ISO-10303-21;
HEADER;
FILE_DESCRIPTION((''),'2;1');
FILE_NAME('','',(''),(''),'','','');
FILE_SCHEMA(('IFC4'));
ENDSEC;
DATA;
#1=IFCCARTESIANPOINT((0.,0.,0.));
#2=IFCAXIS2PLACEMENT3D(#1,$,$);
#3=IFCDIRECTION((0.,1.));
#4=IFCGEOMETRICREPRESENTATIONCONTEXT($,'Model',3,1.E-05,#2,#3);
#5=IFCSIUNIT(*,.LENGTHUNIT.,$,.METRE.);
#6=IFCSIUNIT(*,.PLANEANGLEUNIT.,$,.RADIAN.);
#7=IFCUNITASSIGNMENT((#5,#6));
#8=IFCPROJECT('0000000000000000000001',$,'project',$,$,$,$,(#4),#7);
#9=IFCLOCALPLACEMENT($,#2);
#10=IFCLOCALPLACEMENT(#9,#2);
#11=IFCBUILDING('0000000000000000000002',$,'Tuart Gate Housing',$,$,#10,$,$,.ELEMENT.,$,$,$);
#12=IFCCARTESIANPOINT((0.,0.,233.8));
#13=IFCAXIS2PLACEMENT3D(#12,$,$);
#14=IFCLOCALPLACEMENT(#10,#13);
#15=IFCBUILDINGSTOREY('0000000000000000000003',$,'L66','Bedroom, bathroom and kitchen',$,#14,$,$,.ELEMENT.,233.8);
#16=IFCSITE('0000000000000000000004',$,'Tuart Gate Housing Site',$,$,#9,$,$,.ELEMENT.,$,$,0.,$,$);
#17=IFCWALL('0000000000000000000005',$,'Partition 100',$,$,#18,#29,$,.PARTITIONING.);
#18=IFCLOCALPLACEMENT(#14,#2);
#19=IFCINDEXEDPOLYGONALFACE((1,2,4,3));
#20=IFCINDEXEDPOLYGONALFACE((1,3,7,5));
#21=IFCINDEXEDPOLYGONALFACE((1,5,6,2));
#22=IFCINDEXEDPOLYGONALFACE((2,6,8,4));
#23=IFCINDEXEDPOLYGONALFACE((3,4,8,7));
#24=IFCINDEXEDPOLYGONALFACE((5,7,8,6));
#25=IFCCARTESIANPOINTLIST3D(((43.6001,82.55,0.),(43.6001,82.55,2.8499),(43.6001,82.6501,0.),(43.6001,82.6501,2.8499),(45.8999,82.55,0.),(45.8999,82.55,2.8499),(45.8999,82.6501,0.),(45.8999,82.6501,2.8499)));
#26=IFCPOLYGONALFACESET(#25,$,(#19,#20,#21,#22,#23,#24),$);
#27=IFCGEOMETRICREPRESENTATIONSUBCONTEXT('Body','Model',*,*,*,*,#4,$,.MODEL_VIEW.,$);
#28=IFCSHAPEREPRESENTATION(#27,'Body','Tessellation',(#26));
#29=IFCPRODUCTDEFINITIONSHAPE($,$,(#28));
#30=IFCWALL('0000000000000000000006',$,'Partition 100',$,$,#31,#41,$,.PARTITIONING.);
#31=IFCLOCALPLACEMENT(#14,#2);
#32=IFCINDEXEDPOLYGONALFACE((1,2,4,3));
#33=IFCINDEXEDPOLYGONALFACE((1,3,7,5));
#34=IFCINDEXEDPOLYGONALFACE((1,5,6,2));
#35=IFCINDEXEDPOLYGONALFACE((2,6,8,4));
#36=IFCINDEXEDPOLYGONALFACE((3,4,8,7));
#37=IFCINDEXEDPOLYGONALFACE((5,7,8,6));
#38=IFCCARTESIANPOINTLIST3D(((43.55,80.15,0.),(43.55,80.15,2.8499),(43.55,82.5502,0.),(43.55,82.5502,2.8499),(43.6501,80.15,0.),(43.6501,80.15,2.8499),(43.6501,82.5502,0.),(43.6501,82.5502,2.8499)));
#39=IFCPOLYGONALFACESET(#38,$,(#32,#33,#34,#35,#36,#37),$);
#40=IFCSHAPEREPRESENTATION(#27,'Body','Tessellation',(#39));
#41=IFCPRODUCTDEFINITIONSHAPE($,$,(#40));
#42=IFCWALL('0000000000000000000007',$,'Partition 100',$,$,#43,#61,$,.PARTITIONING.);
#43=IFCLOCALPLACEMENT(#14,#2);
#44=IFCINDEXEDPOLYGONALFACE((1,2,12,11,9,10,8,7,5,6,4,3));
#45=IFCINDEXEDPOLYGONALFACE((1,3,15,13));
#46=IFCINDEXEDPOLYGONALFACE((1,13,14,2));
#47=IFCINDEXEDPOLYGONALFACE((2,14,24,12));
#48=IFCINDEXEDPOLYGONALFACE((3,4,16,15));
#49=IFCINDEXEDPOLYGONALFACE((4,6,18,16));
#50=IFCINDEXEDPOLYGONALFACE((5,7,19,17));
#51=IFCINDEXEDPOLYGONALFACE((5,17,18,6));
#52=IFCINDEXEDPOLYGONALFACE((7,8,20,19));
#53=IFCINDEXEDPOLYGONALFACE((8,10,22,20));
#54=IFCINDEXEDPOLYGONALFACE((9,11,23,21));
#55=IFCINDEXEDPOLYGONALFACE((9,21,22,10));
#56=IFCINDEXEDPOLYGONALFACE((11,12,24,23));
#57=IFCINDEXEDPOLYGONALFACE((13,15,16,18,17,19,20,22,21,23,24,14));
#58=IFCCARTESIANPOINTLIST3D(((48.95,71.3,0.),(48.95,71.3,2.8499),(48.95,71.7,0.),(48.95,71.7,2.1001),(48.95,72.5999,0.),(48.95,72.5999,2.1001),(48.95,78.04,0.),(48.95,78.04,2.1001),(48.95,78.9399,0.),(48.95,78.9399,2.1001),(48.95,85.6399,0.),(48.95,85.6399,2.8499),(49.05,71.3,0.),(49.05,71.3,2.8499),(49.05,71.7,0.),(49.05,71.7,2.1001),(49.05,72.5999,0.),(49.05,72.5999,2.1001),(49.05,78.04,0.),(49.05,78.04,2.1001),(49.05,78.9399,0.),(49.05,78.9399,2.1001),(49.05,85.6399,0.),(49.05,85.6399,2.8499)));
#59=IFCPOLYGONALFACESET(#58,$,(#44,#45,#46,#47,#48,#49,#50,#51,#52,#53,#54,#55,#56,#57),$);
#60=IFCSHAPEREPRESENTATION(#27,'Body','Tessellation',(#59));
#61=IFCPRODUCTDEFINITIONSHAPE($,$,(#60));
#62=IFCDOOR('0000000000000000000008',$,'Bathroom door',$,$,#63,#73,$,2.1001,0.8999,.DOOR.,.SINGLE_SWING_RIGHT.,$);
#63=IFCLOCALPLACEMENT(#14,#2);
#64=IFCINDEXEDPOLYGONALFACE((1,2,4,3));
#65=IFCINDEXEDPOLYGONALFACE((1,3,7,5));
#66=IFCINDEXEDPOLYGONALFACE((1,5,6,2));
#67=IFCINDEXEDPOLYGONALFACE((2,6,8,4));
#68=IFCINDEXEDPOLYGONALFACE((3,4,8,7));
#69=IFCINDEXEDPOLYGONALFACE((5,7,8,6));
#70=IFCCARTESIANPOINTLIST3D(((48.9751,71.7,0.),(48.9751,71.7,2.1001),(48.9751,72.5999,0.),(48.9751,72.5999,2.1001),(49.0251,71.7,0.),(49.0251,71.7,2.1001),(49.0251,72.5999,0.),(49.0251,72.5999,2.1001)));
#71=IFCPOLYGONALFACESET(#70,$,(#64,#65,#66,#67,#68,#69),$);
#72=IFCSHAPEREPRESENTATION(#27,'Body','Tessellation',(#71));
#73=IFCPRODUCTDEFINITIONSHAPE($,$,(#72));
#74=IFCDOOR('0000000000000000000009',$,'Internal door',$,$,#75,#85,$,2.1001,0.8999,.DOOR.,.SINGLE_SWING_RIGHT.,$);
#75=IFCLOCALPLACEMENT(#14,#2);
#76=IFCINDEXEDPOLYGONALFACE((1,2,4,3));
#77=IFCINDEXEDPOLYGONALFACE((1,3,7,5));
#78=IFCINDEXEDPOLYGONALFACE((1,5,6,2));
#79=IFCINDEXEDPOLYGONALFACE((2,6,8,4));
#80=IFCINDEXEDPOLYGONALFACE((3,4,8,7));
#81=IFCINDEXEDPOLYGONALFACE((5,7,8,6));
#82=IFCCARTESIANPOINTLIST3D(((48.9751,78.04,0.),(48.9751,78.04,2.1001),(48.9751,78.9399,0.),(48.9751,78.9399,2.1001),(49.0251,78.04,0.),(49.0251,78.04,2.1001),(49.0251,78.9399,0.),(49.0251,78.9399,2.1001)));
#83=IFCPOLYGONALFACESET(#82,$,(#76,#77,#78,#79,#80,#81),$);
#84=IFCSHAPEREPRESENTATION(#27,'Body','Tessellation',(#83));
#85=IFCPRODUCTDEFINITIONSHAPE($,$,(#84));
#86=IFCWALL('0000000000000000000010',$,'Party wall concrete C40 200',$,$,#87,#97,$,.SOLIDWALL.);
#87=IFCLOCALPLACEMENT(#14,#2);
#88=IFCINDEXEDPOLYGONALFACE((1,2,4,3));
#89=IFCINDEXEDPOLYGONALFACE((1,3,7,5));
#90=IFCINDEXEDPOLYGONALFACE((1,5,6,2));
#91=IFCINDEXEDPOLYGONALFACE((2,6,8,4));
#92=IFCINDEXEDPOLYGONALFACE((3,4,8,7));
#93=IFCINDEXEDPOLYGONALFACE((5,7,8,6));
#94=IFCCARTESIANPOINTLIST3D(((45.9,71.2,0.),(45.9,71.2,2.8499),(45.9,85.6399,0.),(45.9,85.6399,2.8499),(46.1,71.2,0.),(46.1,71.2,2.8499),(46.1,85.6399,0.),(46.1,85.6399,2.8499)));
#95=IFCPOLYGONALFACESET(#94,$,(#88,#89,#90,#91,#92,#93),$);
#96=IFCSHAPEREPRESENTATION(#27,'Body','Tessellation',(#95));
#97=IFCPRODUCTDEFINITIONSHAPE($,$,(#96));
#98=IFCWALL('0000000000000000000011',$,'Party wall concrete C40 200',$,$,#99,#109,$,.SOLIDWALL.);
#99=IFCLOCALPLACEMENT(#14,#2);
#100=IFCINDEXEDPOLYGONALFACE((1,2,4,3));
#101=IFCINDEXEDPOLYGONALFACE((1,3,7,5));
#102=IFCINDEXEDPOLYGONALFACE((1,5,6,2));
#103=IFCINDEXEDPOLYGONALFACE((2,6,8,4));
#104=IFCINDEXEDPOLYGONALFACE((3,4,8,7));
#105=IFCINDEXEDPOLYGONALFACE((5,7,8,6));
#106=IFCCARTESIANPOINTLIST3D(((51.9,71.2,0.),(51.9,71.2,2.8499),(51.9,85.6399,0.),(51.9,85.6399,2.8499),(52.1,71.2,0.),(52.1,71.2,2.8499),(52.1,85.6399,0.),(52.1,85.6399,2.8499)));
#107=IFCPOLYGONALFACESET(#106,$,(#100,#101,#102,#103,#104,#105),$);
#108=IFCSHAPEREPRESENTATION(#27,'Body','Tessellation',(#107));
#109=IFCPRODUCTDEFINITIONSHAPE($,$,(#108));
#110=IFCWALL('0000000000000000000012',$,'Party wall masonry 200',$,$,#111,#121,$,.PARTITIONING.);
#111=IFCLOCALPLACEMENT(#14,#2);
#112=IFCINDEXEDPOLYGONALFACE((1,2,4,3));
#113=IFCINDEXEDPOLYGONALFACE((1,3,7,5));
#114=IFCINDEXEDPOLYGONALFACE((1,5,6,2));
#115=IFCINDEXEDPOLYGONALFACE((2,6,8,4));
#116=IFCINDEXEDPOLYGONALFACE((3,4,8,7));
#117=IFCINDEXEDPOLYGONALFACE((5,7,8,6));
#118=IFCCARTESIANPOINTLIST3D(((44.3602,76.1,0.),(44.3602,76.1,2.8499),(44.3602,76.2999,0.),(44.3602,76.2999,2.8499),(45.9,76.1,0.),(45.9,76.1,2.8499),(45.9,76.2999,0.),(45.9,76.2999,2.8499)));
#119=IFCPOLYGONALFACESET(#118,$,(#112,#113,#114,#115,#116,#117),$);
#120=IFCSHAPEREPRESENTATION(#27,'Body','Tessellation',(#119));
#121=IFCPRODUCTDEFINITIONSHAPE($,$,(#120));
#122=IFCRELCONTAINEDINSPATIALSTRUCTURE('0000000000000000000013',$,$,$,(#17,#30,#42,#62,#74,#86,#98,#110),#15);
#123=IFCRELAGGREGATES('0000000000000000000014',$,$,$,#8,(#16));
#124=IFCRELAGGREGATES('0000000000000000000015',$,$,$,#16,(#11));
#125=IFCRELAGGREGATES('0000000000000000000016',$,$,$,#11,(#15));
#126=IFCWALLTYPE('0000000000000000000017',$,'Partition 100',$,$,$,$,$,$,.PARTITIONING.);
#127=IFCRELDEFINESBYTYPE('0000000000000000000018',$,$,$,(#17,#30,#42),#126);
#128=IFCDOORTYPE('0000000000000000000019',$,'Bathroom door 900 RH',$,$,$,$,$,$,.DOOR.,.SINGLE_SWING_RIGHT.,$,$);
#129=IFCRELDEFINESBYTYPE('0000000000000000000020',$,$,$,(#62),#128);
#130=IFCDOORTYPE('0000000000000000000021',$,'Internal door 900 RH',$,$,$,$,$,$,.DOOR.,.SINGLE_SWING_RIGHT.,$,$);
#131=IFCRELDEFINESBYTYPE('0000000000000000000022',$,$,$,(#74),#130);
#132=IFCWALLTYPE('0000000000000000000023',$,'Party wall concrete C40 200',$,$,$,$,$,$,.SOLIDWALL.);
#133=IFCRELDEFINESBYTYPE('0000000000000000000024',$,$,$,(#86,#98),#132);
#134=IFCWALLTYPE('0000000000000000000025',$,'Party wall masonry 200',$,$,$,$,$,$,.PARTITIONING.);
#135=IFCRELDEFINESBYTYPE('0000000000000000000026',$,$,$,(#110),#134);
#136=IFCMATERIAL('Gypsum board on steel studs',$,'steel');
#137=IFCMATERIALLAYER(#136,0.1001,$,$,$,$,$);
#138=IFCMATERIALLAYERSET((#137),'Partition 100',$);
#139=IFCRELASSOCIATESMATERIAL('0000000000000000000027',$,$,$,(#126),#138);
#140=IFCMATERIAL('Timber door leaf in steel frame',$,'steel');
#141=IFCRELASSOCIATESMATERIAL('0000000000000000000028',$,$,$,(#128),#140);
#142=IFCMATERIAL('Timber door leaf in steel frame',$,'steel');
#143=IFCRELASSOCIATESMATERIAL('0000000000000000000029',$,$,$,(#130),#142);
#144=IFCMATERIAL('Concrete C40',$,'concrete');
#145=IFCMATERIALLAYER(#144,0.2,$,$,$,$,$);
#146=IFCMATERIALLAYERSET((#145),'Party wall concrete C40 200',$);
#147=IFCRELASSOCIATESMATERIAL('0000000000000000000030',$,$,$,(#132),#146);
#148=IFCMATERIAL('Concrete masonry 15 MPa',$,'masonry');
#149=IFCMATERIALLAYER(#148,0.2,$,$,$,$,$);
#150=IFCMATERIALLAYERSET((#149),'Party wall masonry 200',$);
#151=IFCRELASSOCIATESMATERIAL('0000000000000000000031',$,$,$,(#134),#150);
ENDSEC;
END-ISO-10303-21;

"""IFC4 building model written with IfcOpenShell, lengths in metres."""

from ifc_helpers import new_model, si_unit, direction, frame, frame_2d, origin, place, context, subcontext, project, spatial, rectangle, extrude, material, layer, layer_set, type_object, element, fill, save


model = new_model("IFC4")

# Units and contexts
model_context = context("Model", 3, precision=1e-05, world=origin(), true_north=direction((0.0, 1.0)))
body_context = subcontext(model_context, "Body", "Model", "MODEL_VIEW")
ifc_project = project(units=[si_unit("LENGTHUNIT", "METRE"), si_unit("PLANEANGLEUNIT", "RADIAN")], contexts=[model_context])

# Site, building, storey
site_placement = place(None, origin())
site = spatial("IfcSite", under=ifc_project, at=site_placement, Name="Tuart Gate Housing Site", CompositionType="ELEMENT", RefElevation=0.0)
building_placement = place(site_placement, origin())
building = spatial("IfcBuilding", under=site, at=building_placement, Name="Tuart Gate Housing", CompositionType="ELEMENT")
storey_placement = place(building_placement, frame((0.0, 0.0, 233.8)))
storey = spatial("IfcBuildingStorey", under=building, at=storey_placement, Name="L66", Description="Bedroom, bathroom and kitchen", CompositionType="ELEMENT", Elevation=233.8)

# Shared definitions
ifc_material_1 = material(Name="Gypsum board on steel studs", Category="steel")
ifc_layer_1 = layer(ifc_material_1, 0.1001)
ifc_layer_set_1 = layer_set([ifc_layer_1], Name="Partition 100")
wall_type_1 = type_object("IfcWallType", Name="Partition 100", PredefinedType="PARTITIONING", material=ifc_layer_set_1)

# Walls
wall_1_placement = place(storey_placement, frame((43.6001, 82.6001, 0.0), z_axis=(0.0, 0.0, 1.0), x_axis=(1.0, 0.0, 0.0)))
element("IfcWall", 1, at=wall_1_placement, inside=storey, type_object=wall_type_1, Name="Partition 100", PredefinedType="PARTITIONING", context=body_context, shape_type="SweptSolid", body=[
    extrude(rectangle(XDim=2.2998, YDim=0.1001, at=frame_2d((1.1499, 0.0))), origin(), (0.0, 0.0, 1.0), 2.8499),
])
wall_2_placement = place(storey_placement, frame((43.6001, 80.1499, 0.0), z_axis=(0.0, 0.0, 1.0), x_axis=(0.0, 1.0, 0.0)))
element("IfcWall", 2, at=wall_2_placement, inside=storey, type_object=wall_type_1, Name="Partition 100", PredefinedType="PARTITIONING", context=body_context, shape_type="SweptSolid", body=[
    extrude(rectangle(XDim=2.4001, YDim=0.1001, at=frame_2d((1.2002, 0.0))), origin(), (0.0, 0.0, 1.0), 2.8499),
])

# Wall, openings, doors
wall_3_placement = place(storey_placement, frame((49.0, 71.3, 0.0), z_axis=(0.0, 0.0, 1.0), x_axis=(0.0, 1.0, 0.0)))
wall_3 = element("IfcWall", 3, at=wall_3_placement, inside=storey, type_object=wall_type_1, Name="Partition 100", PredefinedType="PARTITIONING", context=body_context, shape_type="SweptSolid", body=[
    extrude(rectangle(XDim=14.3398, YDim=0.1001, at=frame_2d((7.1699, 0.0))), origin(), (0.0, 0.0, 1.0), 2.8499),
])
opening_1_placement = place(wall_3_placement, frame((6.74, 0.0, 0.0)))
opening_1 = element("IfcOpeningElement", 4, at=opening_1_placement, cuts=wall_3, PredefinedType="OPENING", context=body_context, shape_type="SweptSolid", body=[
    extrude(rectangle(XDim=0.8999, YDim=2.1001, at=frame_2d((0.45, 1.05))), frame((0.0, 0.0601, 0.0), z_axis=(0.0, -1.0, 0.0), x_axis=(1.0, 0.0, 0.0)), (0.0, 0.0, 1.0), 0.1201),
])
opening_2_placement = place(wall_3_placement, frame((0.3999, 0.0, 0.0)))
opening_2 = element("IfcOpeningElement", 5, at=opening_2_placement, cuts=wall_3, PredefinedType="OPENING", context=body_context, shape_type="SweptSolid", body=[
    extrude(rectangle(XDim=0.8999, YDim=2.1001, at=frame_2d((0.45, 1.05))), frame((0.0, 0.0601, 0.0), z_axis=(0.0, -1.0, 0.0), x_axis=(1.0, 0.0, 0.0)), (0.0, 0.0, 1.0), 0.1201),
])
ifc_material_2 = material(Name="Timber door leaf in steel frame", Category="steel")
door_type_1 = type_object("IfcDoorType", Name="Bathroom door 900 RH", OperationType="SINGLE_SWING_RIGHT", PredefinedType="DOOR", material=ifc_material_2)
door_1_placement = place(opening_2_placement, frame((0.8999, 0.0, 0.0), z_axis=(0.0, 0.0, 1.0), x_axis=(-1.0, 0.0, 0.0)))
door_1 = element("IfcDoor", 6, at=door_1_placement, inside=storey, type_object=door_type_1, Name="Bathroom door", OperationType="SINGLE_SWING_RIGHT", OverallHeight=2.1001, OverallWidth=0.8999, PredefinedType="DOOR", context=body_context, shape_type="SweptSolid", body=[
    extrude(rectangle(XDim=0.8999, YDim=2.1001, at=frame_2d((0.45, 1.05))), frame((0.0, 0.0251, 0.0), z_axis=(0.0, -1.0, 0.0), x_axis=(1.0, 0.0, 0.0)), (0.0, 0.0, 1.0), 0.05),
])
fill(opening_2, door_1)
ifc_material_3 = material(Name="Timber door leaf in steel frame", Category="steel")
door_type_2 = type_object("IfcDoorType", Name="Internal door 900 RH", OperationType="SINGLE_SWING_RIGHT", PredefinedType="DOOR", material=ifc_material_3)
door_2_placement = place(opening_1_placement, frame((0.8999, 0.0, 0.0), z_axis=(0.0, 0.0, 1.0), x_axis=(-1.0, 0.0, 0.0)))
door_2 = element("IfcDoor", 7, at=door_2_placement, inside=storey, type_object=door_type_2, Name="Internal door", OperationType="SINGLE_SWING_RIGHT", OverallHeight=2.1001, OverallWidth=0.8999, PredefinedType="DOOR", context=body_context, shape_type="SweptSolid", body=[
    extrude(rectangle(XDim=0.8999, YDim=2.1001, at=frame_2d((0.45, 1.05))), frame((0.0, 0.0251, 0.0), z_axis=(0.0, -1.0, 0.0), x_axis=(1.0, 0.0, 0.0)), (0.0, 0.0, 1.0), 0.05),
])
fill(opening_1, door_2)

# Walls
ifc_material_4 = material(Name="Concrete C40", Category="concrete")
ifc_layer_2 = layer(ifc_material_4, 0.2)
ifc_layer_set_2 = layer_set([ifc_layer_2], Name="Party wall concrete C40 200")
wall_type_2 = type_object("IfcWallType", Name="Party wall concrete C40 200", PredefinedType="SOLIDWALL", material=ifc_layer_set_2)
for number, where, z_axis, x_axis, name in (
    (8, (46.0, 71.2, 0.0), (0.0, 0.0, 1.0), (0.0, 1.0, 0.0), "Party wall concrete C40 200"),
    (9, (52.0, 71.2, 0.0), (0.0, 0.0, 1.0), (0.0, 1.0, 0.0), "Party wall concrete C40 200"),
):
    element("IfcWall", number, at=place(storey_placement, frame(where, z_axis=z_axis, x_axis=x_axis)), inside=storey, type_object=wall_type_2, Name=name, PredefinedType="SOLIDWALL", context=body_context, shape_type="SweptSolid", body=[
        extrude(rectangle(XDim=14.4399, YDim=0.2, at=frame_2d((7.22, 0.0))), origin(), (0.0, 0.0, 1.0), 2.8499),
    ])
ifc_material_5 = material(Name="Concrete masonry 15 MPa", Category="masonry")
ifc_layer_3 = layer(ifc_material_5, 0.2)
ifc_layer_set_3 = layer_set([ifc_layer_3], Name="Party wall masonry 200")
wall_type_3 = type_object("IfcWallType", Name="Party wall masonry 200", PredefinedType="PARTITIONING", material=ifc_layer_set_3)
wall_4_placement = place(storey_placement, frame((44.3601, 76.2, 0.0), z_axis=(0.0, 0.0, 1.0), x_axis=(1.0, 0.0, 0.0)))
element("IfcWall", 10, at=wall_4_placement, inside=storey, type_object=wall_type_3, Name="Party wall masonry 200", PredefinedType="PARTITIONING", context=body_context, shape_type="SweptSolid", body=[
    extrude(rectangle(XDim=1.5398, YDim=0.2, at=frame_2d((0.77, 0.0))), origin(), (0.0, 0.0, 1.0), 2.8499),
])

save(model, "model.ifc")
